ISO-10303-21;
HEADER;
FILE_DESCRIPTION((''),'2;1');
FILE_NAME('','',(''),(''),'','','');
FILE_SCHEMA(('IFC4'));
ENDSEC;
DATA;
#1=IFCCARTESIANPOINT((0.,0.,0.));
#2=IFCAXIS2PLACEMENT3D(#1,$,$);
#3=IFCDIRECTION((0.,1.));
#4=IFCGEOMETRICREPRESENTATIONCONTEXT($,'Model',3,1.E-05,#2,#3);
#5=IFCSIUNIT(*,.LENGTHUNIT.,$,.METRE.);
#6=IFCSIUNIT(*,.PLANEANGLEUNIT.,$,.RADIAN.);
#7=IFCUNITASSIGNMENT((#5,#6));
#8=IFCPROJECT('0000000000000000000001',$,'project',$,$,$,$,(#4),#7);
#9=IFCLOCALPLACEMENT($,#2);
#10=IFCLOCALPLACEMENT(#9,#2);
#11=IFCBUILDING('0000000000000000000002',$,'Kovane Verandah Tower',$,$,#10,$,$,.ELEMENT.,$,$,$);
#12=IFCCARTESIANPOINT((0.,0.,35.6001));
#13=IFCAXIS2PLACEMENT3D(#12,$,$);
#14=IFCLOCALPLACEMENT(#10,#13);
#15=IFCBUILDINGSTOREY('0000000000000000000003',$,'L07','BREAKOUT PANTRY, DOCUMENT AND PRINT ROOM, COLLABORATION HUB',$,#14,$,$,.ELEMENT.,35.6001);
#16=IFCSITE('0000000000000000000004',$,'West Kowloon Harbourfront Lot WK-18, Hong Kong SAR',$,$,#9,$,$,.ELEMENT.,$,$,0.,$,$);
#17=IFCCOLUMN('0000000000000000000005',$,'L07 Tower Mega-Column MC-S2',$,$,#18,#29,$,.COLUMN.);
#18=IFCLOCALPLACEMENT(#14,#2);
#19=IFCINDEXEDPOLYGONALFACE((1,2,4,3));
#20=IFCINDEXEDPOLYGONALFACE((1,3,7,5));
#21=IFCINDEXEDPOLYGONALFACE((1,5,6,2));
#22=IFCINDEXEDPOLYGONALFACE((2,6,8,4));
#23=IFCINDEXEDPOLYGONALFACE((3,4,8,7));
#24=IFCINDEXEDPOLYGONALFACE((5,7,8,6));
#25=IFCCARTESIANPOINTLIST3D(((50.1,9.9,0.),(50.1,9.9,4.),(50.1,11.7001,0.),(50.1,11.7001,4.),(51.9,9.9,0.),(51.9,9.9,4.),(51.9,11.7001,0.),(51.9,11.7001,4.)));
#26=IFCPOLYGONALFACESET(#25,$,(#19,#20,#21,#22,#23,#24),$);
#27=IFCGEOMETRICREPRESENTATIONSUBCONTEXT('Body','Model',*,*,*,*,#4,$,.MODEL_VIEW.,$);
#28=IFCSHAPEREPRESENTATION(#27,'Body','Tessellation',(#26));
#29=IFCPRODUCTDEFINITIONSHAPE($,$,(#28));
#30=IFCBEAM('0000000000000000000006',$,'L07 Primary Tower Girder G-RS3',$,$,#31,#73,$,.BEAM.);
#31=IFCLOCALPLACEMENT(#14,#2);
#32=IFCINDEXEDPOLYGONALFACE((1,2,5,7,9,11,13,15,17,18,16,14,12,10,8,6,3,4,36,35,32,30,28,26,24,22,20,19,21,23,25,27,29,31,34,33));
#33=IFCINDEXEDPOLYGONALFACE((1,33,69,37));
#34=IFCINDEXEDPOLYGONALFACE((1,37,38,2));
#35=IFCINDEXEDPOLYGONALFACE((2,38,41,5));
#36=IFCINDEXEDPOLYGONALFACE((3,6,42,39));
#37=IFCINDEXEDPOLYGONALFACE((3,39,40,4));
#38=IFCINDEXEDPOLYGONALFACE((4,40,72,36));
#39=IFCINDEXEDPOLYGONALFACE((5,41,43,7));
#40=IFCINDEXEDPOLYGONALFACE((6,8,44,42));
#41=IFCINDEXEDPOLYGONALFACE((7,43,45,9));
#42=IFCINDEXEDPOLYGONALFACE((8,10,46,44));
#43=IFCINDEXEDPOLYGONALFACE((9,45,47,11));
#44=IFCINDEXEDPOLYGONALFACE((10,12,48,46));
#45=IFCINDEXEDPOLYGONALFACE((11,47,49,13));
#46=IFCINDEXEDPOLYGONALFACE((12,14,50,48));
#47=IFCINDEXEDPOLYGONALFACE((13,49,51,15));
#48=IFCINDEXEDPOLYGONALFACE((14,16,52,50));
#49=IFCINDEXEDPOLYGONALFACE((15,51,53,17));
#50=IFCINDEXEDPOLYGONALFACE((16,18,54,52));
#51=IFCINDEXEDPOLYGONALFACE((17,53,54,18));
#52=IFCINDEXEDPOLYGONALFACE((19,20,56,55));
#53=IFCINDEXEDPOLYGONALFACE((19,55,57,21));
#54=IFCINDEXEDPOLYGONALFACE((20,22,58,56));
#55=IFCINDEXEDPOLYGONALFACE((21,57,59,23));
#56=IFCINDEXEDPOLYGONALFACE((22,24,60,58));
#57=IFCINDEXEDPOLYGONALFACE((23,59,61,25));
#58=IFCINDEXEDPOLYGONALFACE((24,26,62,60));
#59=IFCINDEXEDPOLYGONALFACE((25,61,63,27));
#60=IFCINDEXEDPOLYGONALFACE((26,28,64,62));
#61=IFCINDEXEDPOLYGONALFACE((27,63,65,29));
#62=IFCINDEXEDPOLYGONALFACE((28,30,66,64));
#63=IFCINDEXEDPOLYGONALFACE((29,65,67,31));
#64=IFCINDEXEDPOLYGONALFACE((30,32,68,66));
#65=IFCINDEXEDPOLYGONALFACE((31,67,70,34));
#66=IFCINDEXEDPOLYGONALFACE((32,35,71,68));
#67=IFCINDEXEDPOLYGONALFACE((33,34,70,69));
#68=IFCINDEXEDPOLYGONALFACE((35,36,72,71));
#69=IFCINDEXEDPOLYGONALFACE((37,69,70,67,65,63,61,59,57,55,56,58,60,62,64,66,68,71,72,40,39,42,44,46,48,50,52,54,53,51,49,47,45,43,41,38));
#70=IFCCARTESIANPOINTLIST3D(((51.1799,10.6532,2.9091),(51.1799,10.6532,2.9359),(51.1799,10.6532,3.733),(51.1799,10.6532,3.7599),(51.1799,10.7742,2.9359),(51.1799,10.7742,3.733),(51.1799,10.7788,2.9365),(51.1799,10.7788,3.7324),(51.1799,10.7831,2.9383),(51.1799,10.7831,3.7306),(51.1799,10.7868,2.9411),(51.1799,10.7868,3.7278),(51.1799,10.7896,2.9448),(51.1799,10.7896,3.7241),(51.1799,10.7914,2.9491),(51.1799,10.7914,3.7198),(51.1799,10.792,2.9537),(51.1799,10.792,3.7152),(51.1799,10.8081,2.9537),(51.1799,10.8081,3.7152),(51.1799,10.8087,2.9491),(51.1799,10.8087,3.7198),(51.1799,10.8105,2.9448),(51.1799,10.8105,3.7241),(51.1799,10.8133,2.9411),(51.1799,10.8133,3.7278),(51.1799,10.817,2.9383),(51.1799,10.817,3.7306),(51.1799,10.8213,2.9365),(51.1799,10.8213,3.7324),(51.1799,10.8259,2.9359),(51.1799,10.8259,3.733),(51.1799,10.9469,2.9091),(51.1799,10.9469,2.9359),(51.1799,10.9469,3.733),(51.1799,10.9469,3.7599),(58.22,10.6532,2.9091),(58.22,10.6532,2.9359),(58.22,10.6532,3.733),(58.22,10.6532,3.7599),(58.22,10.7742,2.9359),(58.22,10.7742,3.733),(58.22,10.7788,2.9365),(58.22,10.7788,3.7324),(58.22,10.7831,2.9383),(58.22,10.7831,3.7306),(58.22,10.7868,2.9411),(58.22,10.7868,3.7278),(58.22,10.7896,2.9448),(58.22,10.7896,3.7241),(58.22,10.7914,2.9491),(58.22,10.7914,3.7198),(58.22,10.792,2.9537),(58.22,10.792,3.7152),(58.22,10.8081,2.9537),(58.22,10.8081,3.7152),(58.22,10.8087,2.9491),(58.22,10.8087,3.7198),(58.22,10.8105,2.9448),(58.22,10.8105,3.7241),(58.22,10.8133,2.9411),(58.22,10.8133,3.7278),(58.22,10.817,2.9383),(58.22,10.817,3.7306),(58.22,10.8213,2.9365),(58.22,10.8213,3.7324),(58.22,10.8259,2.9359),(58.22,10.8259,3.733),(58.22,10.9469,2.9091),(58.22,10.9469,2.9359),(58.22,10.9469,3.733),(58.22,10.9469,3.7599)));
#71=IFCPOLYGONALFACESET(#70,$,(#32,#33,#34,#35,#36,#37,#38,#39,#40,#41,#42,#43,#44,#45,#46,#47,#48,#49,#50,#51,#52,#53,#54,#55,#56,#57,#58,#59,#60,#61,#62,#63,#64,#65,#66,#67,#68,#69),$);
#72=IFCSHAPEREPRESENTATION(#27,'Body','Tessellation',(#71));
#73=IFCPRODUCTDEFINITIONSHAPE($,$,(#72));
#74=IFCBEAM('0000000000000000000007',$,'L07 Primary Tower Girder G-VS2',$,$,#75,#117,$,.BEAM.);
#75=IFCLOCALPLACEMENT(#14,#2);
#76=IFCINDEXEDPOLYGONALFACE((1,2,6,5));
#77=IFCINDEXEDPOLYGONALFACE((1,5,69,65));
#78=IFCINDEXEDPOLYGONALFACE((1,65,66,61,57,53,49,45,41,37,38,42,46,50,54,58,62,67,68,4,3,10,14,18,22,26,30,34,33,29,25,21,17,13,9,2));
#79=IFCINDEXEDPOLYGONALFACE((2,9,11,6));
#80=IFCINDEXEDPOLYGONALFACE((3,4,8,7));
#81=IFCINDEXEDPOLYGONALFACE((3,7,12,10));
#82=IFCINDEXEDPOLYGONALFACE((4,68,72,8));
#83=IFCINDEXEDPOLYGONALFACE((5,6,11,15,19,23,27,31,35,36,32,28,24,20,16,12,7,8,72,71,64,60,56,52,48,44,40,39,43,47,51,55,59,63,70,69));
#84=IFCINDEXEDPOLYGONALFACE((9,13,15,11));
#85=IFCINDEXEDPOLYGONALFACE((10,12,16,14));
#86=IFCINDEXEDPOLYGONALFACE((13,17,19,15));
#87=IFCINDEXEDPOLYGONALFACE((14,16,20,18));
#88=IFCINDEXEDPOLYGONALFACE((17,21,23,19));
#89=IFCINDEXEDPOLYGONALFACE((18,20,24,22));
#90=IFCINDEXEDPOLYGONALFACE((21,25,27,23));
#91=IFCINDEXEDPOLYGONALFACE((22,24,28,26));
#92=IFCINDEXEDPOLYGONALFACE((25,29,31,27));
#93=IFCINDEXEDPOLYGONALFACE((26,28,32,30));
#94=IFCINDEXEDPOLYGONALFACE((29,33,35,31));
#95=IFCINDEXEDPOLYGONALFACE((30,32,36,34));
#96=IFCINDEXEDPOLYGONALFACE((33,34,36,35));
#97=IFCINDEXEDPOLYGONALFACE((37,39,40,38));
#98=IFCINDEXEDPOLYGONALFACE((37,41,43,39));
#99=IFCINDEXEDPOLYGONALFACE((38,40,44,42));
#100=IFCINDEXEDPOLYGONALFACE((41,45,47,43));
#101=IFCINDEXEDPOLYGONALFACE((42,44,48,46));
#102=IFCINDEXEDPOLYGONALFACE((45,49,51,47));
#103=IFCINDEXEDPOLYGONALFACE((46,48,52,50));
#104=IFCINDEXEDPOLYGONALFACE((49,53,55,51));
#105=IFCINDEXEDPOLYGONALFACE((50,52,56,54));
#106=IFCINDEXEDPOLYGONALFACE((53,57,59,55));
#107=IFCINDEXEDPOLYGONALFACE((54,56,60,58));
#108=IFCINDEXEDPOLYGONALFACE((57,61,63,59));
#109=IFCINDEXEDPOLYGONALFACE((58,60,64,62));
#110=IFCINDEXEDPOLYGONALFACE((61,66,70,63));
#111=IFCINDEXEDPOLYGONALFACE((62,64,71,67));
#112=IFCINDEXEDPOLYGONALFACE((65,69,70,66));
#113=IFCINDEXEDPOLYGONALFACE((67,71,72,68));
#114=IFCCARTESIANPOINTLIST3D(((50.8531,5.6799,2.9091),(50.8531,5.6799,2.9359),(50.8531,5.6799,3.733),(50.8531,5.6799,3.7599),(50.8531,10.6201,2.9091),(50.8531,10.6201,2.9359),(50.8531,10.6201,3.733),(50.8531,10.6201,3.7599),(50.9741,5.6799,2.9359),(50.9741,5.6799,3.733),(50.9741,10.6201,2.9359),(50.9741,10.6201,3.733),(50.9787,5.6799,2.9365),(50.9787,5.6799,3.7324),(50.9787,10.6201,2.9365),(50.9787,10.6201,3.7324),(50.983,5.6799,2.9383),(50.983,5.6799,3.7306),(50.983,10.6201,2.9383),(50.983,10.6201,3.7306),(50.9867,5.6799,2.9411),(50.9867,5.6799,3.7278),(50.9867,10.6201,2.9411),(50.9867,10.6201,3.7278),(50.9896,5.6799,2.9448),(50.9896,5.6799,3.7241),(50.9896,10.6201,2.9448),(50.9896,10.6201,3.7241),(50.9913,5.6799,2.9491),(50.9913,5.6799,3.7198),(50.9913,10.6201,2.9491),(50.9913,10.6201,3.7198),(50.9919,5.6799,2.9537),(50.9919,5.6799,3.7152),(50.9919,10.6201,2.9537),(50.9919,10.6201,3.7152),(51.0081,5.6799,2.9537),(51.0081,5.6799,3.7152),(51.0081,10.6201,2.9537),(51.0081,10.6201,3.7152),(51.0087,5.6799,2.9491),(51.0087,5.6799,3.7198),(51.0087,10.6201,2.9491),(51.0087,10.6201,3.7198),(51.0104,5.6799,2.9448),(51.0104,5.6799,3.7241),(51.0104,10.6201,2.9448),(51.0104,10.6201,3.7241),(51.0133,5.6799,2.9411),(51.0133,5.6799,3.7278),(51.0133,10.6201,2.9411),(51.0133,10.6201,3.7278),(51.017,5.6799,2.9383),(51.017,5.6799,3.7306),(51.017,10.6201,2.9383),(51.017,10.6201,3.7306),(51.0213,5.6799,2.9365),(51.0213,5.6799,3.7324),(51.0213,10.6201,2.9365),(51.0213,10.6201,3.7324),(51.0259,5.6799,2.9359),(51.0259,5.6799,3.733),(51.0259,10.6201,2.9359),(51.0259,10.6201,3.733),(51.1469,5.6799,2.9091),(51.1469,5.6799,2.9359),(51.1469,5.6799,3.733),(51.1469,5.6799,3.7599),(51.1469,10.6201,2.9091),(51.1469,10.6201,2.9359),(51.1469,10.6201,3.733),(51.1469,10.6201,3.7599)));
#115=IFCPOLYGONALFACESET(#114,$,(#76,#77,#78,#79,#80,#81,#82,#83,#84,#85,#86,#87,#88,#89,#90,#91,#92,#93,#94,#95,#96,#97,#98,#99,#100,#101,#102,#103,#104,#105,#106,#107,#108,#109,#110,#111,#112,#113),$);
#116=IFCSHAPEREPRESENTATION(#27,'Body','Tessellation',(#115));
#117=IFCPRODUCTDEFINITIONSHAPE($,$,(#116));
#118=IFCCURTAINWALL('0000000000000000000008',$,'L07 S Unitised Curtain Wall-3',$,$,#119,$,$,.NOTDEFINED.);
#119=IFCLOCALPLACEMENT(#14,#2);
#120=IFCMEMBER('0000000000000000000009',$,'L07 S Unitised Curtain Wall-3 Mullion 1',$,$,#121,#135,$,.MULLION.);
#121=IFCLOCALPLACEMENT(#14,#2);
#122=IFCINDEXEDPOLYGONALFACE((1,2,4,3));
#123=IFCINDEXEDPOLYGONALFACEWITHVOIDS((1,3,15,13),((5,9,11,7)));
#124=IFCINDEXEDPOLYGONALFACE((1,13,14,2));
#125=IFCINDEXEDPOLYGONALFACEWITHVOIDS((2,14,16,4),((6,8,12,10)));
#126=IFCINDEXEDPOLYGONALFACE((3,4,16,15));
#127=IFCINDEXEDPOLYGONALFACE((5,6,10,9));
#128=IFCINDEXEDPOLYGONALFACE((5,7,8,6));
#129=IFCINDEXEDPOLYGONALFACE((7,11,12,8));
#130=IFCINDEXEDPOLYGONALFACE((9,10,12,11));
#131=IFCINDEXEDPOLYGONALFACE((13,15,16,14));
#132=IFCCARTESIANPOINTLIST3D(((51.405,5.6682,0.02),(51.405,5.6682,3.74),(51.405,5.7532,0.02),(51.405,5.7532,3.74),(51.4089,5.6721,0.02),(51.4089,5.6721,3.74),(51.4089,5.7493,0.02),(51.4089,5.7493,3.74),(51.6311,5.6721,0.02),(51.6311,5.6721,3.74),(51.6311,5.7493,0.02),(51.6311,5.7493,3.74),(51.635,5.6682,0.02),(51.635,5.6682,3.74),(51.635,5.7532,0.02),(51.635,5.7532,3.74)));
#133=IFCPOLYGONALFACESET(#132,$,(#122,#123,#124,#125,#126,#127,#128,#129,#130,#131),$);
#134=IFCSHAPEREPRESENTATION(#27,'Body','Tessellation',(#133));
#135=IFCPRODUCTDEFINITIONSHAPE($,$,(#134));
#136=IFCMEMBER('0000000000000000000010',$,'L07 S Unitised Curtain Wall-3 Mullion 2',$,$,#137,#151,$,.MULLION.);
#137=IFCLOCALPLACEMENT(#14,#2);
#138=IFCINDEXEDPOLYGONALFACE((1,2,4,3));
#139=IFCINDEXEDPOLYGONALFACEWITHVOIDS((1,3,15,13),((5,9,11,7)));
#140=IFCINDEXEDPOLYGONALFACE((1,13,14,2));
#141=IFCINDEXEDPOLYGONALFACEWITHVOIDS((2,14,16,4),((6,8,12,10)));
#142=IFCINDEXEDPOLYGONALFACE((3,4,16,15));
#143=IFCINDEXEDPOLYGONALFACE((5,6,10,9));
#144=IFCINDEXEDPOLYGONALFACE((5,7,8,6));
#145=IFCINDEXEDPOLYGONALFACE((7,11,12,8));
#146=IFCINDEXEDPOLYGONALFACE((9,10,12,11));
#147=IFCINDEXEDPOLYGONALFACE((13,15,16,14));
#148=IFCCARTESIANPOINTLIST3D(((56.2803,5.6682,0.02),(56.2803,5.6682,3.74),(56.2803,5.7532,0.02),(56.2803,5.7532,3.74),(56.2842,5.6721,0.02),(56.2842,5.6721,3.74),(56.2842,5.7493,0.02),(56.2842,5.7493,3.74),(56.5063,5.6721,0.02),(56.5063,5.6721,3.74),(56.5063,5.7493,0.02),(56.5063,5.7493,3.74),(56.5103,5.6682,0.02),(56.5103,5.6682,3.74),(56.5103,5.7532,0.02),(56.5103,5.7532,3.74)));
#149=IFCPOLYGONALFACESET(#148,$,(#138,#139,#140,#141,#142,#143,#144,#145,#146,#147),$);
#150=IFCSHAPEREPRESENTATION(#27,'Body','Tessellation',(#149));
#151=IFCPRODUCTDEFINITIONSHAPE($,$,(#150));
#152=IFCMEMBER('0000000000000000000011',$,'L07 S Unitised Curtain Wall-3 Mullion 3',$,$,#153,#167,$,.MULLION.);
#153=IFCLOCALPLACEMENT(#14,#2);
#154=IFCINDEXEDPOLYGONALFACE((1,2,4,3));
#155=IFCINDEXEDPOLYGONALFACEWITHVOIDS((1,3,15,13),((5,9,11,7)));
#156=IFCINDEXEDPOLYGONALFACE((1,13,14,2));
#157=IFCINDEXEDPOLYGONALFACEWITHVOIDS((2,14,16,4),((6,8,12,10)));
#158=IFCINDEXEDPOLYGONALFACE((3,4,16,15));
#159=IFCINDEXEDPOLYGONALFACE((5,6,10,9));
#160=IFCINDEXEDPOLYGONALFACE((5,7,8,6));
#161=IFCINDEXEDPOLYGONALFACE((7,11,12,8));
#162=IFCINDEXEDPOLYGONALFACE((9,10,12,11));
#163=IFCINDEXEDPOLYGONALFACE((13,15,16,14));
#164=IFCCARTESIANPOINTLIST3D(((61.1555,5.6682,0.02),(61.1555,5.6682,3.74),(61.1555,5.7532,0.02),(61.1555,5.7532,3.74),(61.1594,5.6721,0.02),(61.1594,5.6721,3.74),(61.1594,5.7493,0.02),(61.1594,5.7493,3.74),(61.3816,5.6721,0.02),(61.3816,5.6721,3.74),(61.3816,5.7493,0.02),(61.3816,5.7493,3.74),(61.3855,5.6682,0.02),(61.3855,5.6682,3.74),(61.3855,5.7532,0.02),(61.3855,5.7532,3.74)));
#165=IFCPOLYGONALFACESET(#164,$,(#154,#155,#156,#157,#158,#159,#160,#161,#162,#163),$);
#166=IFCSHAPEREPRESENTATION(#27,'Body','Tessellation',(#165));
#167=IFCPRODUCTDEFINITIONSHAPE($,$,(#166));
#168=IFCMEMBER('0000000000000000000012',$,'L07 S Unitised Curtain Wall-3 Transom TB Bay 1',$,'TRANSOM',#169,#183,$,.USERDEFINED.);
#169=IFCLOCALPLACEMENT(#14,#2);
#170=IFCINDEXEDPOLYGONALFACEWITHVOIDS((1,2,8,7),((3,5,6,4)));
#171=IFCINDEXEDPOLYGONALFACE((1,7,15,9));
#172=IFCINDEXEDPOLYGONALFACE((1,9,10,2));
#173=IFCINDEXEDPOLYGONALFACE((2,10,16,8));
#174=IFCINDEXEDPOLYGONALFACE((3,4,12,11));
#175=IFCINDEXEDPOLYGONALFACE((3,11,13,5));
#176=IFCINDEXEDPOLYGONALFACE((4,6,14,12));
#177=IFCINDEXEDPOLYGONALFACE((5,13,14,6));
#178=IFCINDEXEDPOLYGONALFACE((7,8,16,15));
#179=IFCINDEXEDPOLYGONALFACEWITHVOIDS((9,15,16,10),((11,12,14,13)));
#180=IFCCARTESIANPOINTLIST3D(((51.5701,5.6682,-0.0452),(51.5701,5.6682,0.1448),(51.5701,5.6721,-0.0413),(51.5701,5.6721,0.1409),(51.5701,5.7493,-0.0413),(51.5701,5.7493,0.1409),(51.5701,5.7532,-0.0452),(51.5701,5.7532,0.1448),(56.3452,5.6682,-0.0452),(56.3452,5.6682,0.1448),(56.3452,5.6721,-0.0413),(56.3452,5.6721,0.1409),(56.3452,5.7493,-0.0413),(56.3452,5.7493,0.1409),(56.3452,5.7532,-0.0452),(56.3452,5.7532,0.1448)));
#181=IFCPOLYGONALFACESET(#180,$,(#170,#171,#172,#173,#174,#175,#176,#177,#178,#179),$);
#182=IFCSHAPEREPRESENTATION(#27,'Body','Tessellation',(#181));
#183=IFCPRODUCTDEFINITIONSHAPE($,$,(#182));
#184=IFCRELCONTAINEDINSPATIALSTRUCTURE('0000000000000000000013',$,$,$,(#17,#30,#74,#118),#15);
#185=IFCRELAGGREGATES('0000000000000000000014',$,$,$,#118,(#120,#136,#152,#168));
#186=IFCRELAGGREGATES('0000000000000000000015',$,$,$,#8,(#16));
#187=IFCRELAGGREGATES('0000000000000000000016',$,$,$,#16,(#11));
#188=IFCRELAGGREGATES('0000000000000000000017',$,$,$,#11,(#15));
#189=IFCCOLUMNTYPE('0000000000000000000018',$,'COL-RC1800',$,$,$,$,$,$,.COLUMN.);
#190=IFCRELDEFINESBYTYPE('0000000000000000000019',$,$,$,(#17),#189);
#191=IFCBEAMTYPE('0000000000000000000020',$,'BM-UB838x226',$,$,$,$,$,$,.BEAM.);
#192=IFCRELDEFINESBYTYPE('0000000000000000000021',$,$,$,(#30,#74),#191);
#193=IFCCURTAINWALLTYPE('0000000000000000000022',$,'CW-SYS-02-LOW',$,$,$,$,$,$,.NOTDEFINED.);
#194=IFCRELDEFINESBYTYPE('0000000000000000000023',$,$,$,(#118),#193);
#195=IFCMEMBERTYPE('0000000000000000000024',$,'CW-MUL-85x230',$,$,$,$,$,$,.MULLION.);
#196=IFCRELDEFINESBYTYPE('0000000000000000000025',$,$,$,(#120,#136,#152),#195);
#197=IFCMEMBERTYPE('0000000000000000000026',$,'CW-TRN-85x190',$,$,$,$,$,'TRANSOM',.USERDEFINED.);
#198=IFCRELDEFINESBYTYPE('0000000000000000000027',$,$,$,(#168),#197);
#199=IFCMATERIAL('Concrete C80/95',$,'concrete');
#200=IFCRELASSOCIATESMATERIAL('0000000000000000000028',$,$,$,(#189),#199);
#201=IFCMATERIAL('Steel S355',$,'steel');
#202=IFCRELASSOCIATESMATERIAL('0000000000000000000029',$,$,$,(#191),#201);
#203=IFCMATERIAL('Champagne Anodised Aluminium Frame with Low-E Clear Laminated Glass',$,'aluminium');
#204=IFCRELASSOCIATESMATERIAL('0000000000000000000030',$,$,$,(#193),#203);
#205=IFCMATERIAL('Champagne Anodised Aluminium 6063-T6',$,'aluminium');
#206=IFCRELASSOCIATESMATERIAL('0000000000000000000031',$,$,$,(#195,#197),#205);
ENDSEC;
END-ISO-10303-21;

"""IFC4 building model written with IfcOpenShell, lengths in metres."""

from ifc_helpers import new_model, si_unit, direction, frame, origin, origin_2d, place, context, subcontext, project, spatial, rectangle, hollow_rectangle, i_section, extrude, material, material_profile, profile_set, type_object, element, aggregate, save


model = new_model("IFC4")

# Units and contexts
model_context = context("Model", 3, precision=1e-05, world=origin(), true_north=direction((0.0, 1.0)))
body_context = subcontext(model_context, "Body", "Model", "MODEL_VIEW")
ifc_project = project(units=[si_unit("LENGTHUNIT", "METRE"), si_unit("PLANEANGLEUNIT", "RADIAN")], contexts=[model_context])

# Site, building, storey
site_placement = place(None, origin())
site = spatial("IfcSite", under=ifc_project, at=site_placement, Name="West Kowloon Harbourfront Lot WK-18, Hong Kong SAR", CompositionType="ELEMENT", RefElevation=0.0)
building_placement = place(site_placement, origin())
building = spatial("IfcBuilding", under=site, at=building_placement, Name="Kovane Verandah Tower", CompositionType="ELEMENT")
storey_placement = place(building_placement, frame((0.0, 0.0, 35.6001)))
storey = spatial("IfcBuildingStorey", under=building, at=storey_placement, Name="L07", Description="BREAKOUT PANTRY, DOCUMENT AND PRINT ROOM, COLLABORATION HUB", CompositionType="ELEMENT", Elevation=35.6001)

# Column
ifc_material_1 = material(Name="Concrete C80/95", Category="concrete")
ifc_material_profile_1 = material_profile(ifc_material_1, rectangle(XDim=1.8, YDim=1.8, at=origin_2d()), Name="RC1800x1800")
ifc_profile_set_1 = profile_set([ifc_material_profile_1], Name="Concrete C80/95")
column_type = type_object("IfcColumnType", Name="COL-RC1800", PredefinedType="COLUMN", material=ifc_profile_set_1)
column_placement = place(storey_placement, frame((51.0, 10.8, 0.0), z_axis=(0.0, 0.0, 1.0), x_axis=(1.0, 0.0, 0.0)))
element("IfcColumn", 1, at=column_placement, inside=storey, type_object=column_type, Name="L07 Tower Mega-Column MC-S2", PredefinedType="COLUMN", context=body_context, shape_type="SweptSolid", body=[
    extrude(rectangle(XDim=1.8, YDim=1.8, at=origin_2d()), origin(), (0.0, 0.0, 1.0), 4.0),
])

# Beams
ifc_material_2 = material(Name="Steel S355", Category="steel")
ifc_material_profile_2 = material_profile(ifc_material_2, i_section(OverallWidth=0.2937, OverallDepth=0.8508, WebThickness=0.0161, FlangeThickness=0.0269, FilletRadius=0.0178, at=origin_2d()), Name="UB838x292x226")
ifc_profile_set_2 = profile_set([ifc_material_profile_2], Name="Steel S355")
beam_type = type_object("IfcBeamType", Name="BM-UB838x226", PredefinedType="BEAM", material=ifc_profile_set_2)
beam_1_placement = place(storey_placement, frame((51.1799, 10.8, 3.3345), z_axis=(1.0, 0.0, 0.0), x_axis=(0.0, 1.0, 0.0)))
element("IfcBeam", 2, at=beam_1_placement, inside=storey, type_object=beam_type, Name="L07 Primary Tower Girder G-RS3", PredefinedType="BEAM", context=body_context, shape_type="SweptSolid", body=[
    extrude(i_section(OverallWidth=0.2937, OverallDepth=0.8508, WebThickness=0.0161, FlangeThickness=0.0269, FilletRadius=0.0178, at=origin_2d()), origin(), (0.0, 0.0, 1.0), 7.04),
])
beam_2_placement = place(storey_placement, frame((51.0, 10.6201, 3.3345), z_axis=(0.0, -1.0, 0.0), x_axis=(1.0, 0.0, 0.0)))
element("IfcBeam", 3, at=beam_2_placement, inside=storey, type_object=beam_type, Name="L07 Primary Tower Girder G-VS2", PredefinedType="BEAM", context=body_context, shape_type="SweptSolid", body=[
    extrude(i_section(OverallWidth=0.2937, OverallDepth=0.8508, WebThickness=0.0161, FlangeThickness=0.0269, FilletRadius=0.0178, at=origin_2d()), origin(), (0.0, 0.0, 1.0), 4.9402),
])

# Curtain wall, members
ifc_material_3 = material(Name="Champagne Anodised Aluminium Frame with Low-E Clear Laminated Glass", Category="aluminium")
curtain_wall_type = type_object("IfcCurtainWallType", Name="CW-SYS-02-LOW", PredefinedType="NOTDEFINED", material=ifc_material_3)
curtain_wall_placement = place(storey_placement, origin())
curtain_wall = element("IfcCurtainWall", 4, at=curtain_wall_placement, inside=storey, type_object=curtain_wall_type, Name="L07 S Unitised Curtain Wall-3", PredefinedType="NOTDEFINED")
ifc_material_4 = material(Name="Champagne Anodised Aluminium 6063-T6", Category="aluminium")
ifc_material_profile_3 = material_profile(ifc_material_4, hollow_rectangle(XDim=0.085, YDim=0.23, WallThickness=0.0039, at=origin_2d()), Name="AL85x230x4")
ifc_profile_set_3 = profile_set([ifc_material_profile_3], Name="Champagne Anodised Aluminium 6063-T6")
member_type_1 = type_object("IfcMemberType", Name="CW-MUL-85x230", PredefinedType="MULLION", material=ifc_profile_set_3)
member_1_placement = place(storey_placement, frame((51.52, 5.7107, 0.02), z_axis=(0.0, 0.0, 1.0), x_axis=(0.0, -1.0, 0.0)))
member_1 = element("IfcMember", 5, at=member_1_placement, type_object=member_type_1, Name="L07 S Unitised Curtain Wall-3 Mullion 1", PredefinedType="MULLION", context=body_context, shape_type="SweptSolid", body=[
    extrude(hollow_rectangle(XDim=0.085, YDim=0.23, WallThickness=0.0039, at=origin_2d()), origin(), (0.0, 0.0, 1.0), 3.72),
])
member_2_placement = place(storey_placement, frame((56.3953, 5.7107, 0.02), z_axis=(0.0, 0.0, 1.0), x_axis=(0.0, -1.0, 0.0)))
member_2 = element("IfcMember", 6, at=member_2_placement, type_object=member_type_1, Name="L07 S Unitised Curtain Wall-3 Mullion 2", PredefinedType="MULLION", context=body_context, shape_type="SweptSolid", body=[
    extrude(hollow_rectangle(XDim=0.085, YDim=0.23, WallThickness=0.0039, at=origin_2d()), origin(), (0.0, 0.0, 1.0), 3.72),
])
member_3_placement = place(storey_placement, frame((61.2705, 5.7107, 0.02), z_axis=(0.0, 0.0, 1.0), x_axis=(0.0, -1.0, 0.0)))
member_3 = element("IfcMember", 7, at=member_3_placement, type_object=member_type_1, Name="L07 S Unitised Curtain Wall-3 Mullion 3", PredefinedType="MULLION", context=body_context, shape_type="SweptSolid", body=[
    extrude(hollow_rectangle(XDim=0.085, YDim=0.23, WallThickness=0.0039, at=origin_2d()), origin(), (0.0, 0.0, 1.0), 3.72),
])
ifc_material_profile_4 = material_profile(ifc_material_4, hollow_rectangle(XDim=0.085, YDim=0.1899, WallThickness=0.0039, at=origin_2d()), Name="AL85x190x4")
ifc_profile_set_4 = profile_set([ifc_material_profile_4], Name="Champagne Anodised Aluminium 6063-T6")
member_type_2 = type_object("IfcMemberType", Name="CW-TRN-85x190", ElementType="TRANSOM", PredefinedType="USERDEFINED", material=ifc_profile_set_4)
member_4_placement = place(storey_placement, frame((51.5701, 5.7107, 0.0498), z_axis=(1.0, 0.0, 0.0), x_axis=(0.0, 1.0, 0.0)))
member_4 = element("IfcMember", 8, at=member_4_placement, type_object=member_type_2, Name="L07 S Unitised Curtain Wall-3 Transom TB Bay 1", ObjectType="TRANSOM", PredefinedType="USERDEFINED", context=body_context, shape_type="SweptSolid", body=[
    extrude(hollow_rectangle(XDim=0.085, YDim=0.1899, WallThickness=0.0039, at=origin_2d()), origin(), (0.0, 0.0, 1.0), 4.7751),
])
aggregate(curtain_wall, [member_1, member_2, member_3, member_4])

save(model, "model.ifc")
